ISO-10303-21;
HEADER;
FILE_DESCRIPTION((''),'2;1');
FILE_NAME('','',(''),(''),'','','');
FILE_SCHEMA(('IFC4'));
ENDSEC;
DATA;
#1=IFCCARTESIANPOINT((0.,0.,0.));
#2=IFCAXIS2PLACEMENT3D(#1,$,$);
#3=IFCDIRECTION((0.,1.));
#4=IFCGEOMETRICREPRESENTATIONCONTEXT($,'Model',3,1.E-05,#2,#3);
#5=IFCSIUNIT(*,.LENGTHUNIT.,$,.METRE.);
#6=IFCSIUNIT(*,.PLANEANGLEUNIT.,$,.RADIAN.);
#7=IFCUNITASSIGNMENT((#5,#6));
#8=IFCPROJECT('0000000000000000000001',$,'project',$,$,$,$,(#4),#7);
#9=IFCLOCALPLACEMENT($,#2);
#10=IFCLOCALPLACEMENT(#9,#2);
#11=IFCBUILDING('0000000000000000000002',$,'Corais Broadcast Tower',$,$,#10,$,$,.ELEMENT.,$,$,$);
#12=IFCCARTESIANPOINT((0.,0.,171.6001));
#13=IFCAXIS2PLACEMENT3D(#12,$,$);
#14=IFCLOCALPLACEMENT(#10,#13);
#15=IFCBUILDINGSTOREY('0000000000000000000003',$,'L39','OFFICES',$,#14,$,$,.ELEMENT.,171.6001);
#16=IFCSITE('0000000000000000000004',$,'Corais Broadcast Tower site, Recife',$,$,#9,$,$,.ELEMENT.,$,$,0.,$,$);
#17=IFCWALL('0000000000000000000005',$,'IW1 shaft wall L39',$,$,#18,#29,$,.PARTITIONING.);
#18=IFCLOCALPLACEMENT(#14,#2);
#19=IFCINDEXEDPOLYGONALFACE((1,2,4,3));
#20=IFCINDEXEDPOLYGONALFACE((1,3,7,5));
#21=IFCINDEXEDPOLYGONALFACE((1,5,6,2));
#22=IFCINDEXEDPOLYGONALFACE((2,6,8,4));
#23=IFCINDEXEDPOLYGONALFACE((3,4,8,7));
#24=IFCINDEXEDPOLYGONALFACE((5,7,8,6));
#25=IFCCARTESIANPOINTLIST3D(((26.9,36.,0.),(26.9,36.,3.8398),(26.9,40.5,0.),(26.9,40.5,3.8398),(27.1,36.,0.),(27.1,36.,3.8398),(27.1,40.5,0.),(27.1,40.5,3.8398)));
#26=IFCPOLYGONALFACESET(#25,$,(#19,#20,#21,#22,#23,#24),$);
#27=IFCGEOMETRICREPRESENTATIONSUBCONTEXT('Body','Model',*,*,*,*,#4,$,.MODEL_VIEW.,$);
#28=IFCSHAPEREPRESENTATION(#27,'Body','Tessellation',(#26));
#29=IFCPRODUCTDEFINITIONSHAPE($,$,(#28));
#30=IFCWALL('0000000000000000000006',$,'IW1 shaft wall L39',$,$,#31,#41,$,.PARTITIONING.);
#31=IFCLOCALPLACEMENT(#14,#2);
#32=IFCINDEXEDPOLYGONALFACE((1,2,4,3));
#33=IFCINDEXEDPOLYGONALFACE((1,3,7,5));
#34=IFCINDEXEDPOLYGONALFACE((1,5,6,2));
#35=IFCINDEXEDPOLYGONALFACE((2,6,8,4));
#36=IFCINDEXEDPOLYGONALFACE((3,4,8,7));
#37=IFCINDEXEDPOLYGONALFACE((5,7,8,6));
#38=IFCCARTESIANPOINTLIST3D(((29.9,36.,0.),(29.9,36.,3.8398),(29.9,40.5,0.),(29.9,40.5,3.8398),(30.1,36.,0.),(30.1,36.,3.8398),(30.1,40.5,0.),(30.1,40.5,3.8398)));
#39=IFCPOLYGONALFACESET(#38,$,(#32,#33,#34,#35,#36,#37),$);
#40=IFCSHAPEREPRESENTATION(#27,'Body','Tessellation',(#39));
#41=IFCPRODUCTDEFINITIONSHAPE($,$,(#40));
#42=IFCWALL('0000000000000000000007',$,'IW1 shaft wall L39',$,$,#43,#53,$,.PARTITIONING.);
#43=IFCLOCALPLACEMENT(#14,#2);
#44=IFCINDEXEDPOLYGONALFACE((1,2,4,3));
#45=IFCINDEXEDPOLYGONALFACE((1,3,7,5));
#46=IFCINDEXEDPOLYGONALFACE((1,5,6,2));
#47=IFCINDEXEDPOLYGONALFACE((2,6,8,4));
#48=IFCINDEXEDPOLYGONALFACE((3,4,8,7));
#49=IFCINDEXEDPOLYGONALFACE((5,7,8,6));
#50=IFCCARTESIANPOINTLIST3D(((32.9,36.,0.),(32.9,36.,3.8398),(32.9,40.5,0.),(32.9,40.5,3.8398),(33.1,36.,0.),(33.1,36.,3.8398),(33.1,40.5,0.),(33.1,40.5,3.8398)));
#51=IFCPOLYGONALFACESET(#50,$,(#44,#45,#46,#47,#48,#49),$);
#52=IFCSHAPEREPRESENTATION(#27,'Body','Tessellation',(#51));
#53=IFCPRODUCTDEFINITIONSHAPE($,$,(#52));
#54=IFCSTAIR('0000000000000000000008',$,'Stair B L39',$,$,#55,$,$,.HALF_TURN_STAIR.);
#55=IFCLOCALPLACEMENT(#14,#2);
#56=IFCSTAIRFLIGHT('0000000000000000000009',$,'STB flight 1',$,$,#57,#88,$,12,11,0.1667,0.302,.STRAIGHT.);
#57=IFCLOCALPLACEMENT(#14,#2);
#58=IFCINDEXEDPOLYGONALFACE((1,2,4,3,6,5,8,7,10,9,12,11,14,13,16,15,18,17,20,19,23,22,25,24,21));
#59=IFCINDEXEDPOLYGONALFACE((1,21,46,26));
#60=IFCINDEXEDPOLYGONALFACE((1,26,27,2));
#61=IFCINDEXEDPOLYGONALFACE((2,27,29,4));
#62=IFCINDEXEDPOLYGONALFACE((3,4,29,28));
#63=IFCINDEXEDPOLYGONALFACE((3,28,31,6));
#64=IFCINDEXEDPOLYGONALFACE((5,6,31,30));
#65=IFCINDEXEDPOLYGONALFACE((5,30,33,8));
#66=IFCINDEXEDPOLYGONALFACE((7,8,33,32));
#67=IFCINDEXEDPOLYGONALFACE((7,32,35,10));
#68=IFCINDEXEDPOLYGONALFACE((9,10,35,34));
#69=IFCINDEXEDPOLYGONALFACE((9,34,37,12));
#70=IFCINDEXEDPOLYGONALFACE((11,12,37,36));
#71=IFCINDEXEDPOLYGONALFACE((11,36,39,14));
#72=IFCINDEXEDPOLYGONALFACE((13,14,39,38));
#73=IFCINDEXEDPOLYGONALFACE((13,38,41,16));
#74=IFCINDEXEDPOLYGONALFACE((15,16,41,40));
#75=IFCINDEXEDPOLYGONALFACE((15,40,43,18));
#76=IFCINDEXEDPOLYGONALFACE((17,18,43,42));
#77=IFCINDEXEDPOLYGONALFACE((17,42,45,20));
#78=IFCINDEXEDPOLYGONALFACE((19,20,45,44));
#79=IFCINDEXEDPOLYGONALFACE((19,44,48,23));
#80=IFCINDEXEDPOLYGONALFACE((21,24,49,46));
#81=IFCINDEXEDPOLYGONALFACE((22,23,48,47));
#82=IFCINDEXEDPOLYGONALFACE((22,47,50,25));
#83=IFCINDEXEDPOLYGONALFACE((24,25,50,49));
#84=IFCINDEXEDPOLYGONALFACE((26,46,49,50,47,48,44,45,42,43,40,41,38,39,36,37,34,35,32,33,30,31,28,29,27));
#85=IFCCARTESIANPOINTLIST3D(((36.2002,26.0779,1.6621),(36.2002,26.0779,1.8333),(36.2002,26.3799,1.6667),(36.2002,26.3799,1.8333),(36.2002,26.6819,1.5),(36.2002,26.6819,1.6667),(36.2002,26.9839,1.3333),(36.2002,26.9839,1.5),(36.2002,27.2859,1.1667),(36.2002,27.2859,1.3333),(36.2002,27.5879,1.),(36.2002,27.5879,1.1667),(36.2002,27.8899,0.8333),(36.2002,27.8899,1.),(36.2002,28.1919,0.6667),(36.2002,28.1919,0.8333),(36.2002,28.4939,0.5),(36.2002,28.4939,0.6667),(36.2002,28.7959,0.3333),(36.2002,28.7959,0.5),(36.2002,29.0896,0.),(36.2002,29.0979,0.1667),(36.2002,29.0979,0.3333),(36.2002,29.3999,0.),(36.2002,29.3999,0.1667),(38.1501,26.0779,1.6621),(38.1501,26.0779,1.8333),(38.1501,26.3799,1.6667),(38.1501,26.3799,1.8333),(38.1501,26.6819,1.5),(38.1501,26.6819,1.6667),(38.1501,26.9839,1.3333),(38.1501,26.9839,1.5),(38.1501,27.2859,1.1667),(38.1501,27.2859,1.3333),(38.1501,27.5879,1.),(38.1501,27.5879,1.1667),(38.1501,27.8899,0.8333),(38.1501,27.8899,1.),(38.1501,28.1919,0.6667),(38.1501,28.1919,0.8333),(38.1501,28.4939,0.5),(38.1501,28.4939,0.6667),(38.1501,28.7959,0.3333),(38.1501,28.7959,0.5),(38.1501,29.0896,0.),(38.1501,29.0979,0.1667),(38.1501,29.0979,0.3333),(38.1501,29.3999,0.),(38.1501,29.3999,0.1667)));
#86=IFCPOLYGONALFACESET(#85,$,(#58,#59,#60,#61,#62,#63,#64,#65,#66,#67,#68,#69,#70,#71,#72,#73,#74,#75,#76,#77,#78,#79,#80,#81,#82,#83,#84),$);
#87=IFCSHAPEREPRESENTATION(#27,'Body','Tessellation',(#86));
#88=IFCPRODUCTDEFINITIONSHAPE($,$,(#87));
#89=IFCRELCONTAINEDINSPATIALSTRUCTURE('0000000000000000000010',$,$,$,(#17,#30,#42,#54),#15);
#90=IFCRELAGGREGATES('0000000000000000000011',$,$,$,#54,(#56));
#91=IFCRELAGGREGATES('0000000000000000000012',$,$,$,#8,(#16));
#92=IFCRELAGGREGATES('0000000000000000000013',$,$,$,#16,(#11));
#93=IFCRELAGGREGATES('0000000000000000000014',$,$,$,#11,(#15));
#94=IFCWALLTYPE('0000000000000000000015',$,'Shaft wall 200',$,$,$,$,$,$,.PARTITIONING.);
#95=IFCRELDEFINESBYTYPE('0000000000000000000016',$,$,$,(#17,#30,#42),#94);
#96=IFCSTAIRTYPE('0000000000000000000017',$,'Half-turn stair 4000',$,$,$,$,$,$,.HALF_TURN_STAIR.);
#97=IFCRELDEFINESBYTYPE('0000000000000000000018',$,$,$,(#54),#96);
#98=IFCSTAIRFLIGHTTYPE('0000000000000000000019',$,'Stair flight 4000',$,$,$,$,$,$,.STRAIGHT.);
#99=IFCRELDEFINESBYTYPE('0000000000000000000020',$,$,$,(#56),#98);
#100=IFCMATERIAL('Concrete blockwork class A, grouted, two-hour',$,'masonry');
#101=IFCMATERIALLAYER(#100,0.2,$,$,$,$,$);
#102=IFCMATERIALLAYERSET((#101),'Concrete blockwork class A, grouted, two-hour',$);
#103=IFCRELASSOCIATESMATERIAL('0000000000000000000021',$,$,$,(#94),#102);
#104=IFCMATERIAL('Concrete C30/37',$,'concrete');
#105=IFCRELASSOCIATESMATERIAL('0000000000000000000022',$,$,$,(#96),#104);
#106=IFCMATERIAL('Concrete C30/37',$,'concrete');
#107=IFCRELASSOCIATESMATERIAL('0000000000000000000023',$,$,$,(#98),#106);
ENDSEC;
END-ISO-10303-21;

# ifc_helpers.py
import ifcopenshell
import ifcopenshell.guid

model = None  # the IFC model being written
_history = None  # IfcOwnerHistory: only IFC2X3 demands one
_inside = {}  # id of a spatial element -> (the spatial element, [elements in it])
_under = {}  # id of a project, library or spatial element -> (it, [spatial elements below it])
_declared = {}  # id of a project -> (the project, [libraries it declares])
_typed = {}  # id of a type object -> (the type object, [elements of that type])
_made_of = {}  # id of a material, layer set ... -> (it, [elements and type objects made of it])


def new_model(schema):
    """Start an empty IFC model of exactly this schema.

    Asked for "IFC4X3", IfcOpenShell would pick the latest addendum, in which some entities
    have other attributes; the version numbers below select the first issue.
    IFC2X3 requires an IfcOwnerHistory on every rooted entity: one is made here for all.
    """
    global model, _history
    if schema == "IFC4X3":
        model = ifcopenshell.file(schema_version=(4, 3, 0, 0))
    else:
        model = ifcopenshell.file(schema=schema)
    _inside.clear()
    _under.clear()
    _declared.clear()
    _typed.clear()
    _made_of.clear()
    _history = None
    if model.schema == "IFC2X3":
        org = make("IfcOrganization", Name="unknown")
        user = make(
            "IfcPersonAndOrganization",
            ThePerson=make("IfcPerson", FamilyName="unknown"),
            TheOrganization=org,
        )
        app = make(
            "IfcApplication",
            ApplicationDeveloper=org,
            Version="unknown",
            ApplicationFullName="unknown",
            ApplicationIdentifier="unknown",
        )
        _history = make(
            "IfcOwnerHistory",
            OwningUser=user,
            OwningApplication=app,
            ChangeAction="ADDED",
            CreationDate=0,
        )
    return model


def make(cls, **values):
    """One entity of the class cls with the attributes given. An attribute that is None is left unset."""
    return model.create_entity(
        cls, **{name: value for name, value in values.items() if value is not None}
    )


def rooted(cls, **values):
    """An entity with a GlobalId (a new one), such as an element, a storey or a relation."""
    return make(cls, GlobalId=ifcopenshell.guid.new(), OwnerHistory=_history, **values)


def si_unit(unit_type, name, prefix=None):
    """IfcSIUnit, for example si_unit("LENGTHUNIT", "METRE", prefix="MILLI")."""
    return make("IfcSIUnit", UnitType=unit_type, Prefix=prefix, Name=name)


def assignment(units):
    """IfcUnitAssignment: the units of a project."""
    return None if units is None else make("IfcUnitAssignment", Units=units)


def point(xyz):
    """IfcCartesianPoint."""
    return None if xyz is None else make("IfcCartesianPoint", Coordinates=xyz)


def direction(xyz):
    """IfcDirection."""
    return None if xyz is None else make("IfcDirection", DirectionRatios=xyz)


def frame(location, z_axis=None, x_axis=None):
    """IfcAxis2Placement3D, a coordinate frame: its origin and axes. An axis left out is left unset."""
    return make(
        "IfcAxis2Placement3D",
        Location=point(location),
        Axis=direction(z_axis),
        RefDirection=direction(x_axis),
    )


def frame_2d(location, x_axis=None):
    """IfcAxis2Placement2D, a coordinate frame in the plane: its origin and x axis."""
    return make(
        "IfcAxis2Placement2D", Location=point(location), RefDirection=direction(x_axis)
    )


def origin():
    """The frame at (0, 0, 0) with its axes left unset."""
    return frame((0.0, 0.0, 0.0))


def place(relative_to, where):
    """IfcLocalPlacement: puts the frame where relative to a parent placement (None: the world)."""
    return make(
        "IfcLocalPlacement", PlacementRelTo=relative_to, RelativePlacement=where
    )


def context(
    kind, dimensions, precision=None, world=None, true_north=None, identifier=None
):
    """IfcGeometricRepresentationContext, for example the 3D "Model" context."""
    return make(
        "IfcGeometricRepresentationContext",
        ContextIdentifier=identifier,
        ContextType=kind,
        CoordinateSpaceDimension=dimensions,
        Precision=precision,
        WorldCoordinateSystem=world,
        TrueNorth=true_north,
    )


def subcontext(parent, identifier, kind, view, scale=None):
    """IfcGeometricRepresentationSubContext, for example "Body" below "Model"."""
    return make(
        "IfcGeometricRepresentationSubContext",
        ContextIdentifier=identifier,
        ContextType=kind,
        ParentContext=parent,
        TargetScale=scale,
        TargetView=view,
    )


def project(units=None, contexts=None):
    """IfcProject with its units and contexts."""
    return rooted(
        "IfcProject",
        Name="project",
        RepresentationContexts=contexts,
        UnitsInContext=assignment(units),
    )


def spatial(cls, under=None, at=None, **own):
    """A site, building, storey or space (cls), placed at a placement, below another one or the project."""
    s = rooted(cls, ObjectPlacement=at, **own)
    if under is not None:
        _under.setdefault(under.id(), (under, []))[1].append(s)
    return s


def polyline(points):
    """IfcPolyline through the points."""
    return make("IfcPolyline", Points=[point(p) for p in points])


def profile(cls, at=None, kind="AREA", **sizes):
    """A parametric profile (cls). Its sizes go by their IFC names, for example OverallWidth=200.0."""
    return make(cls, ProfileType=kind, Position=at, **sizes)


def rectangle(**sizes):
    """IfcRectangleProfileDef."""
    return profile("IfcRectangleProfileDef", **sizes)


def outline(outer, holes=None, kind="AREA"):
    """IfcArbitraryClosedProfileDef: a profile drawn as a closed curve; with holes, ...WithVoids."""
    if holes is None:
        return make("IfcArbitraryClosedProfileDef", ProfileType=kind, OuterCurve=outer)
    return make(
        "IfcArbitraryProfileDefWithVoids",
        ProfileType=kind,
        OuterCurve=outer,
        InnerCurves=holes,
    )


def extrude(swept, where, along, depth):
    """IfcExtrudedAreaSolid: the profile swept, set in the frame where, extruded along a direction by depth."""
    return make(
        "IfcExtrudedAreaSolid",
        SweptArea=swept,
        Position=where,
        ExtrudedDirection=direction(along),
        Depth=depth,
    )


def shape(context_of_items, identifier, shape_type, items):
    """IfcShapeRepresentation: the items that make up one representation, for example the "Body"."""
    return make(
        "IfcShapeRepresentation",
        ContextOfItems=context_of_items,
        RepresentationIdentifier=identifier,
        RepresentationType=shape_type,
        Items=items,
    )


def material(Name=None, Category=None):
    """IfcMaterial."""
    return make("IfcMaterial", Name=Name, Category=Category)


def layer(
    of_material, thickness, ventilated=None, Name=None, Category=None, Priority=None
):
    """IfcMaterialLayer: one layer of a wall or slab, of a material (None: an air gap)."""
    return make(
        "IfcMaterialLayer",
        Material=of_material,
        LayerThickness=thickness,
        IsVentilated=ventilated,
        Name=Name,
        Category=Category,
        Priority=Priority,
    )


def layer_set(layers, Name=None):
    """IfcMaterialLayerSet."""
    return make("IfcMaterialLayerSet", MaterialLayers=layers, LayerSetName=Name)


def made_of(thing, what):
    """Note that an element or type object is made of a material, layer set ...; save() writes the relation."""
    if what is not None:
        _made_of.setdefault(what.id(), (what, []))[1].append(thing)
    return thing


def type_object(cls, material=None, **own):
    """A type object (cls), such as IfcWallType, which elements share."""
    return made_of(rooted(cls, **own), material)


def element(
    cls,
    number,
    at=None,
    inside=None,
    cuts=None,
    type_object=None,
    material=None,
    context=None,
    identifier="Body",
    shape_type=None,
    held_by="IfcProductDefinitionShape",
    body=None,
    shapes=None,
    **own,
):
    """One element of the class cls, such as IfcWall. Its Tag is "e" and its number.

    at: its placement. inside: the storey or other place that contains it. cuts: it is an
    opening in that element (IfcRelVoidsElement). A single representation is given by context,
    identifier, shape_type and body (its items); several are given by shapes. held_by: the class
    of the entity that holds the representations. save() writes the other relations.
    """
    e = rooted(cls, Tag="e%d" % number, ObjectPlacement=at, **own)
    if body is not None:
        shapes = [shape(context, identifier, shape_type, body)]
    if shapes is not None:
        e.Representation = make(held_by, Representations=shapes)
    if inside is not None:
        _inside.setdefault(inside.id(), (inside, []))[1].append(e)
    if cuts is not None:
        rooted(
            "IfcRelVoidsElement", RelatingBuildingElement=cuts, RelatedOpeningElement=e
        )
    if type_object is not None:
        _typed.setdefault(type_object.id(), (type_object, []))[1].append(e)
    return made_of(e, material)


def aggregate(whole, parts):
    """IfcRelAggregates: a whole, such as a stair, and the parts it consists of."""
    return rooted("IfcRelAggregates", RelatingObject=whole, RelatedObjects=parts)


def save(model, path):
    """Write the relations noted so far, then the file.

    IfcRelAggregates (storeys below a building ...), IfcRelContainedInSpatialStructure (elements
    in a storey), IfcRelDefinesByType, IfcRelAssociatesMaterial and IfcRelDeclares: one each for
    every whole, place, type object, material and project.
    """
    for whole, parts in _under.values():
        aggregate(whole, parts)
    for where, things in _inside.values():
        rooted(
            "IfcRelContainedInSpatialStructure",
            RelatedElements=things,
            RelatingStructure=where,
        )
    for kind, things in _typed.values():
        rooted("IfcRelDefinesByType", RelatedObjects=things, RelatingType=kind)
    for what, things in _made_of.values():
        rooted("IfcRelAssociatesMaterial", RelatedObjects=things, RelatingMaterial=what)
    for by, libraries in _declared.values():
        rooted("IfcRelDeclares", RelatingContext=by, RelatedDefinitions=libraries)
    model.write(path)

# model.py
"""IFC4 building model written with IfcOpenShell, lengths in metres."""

from ifc_helpers import new_model, si_unit, direction, frame, frame_2d, origin, place, context, subcontext, project, spatial, polyline, rectangle, outline, extrude, material, layer, layer_set, type_object, element, aggregate, save


model = new_model("IFC4")

# Units and contexts
model_context = context("Model", 3, precision=1e-05, world=origin(), true_north=direction((0.0, 1.0)))
body_context = subcontext(model_context, "Body", "Model", "MODEL_VIEW")
ifc_project = project(units=[si_unit("LENGTHUNIT", "METRE"), si_unit("PLANEANGLEUNIT", "RADIAN")], contexts=[model_context])

# Site, building, storey
site_placement = place(None, origin())
site = spatial("IfcSite", under=ifc_project, at=site_placement, Name="Corais Broadcast Tower site, Recife", CompositionType="ELEMENT", RefElevation=0.0)
building_placement = place(site_placement, origin())
building = spatial("IfcBuilding", under=site, at=building_placement, Name="Corais Broadcast Tower", CompositionType="ELEMENT")
storey_placement = place(building_placement, frame((0.0, 0.0, 171.6001)))
storey = spatial("IfcBuildingStorey", under=building, at=storey_placement, Name="L39", Description="OFFICES", CompositionType="ELEMENT", Elevation=171.6001)

# Walls
ifc_material_1 = material(Name="Concrete blockwork class A, grouted, two-hour", Category="masonry")
ifc_layer_1 = layer(ifc_material_1, 0.2)
ifc_layer_set_1 = layer_set([ifc_layer_1], Name="Concrete blockwork class A, grouted, two-hour")
wall_type_1 = type_object("IfcWallType", Name="Shaft wall 200", PredefinedType="PARTITIONING", material=ifc_layer_set_1)
for number, where, z_axis, x_axis, name in (
    (1, (27.0, 36.0, 0.0), (0.0, 0.0, 1.0), (0.0, 1.0, 0.0), "IW1 shaft wall L39"),
    (2, (30.0, 36.0, 0.0), (0.0, 0.0, 1.0), (0.0, 1.0, 0.0), "IW1 shaft wall L39"),
    (3, (33.0, 36.0, 0.0), (0.0, 0.0, 1.0), (0.0, 1.0, 0.0), "IW1 shaft wall L39"),
):
    element("IfcWall", number, at=place(storey_placement, frame(where, z_axis=z_axis, x_axis=x_axis)), inside=storey, type_object=wall_type_1, Name=name, PredefinedType="PARTITIONING", context=body_context, shape_type="SweptSolid", body=[
        extrude(rectangle(XDim=4.5, YDim=0.2, at=frame_2d((2.25, 0.0))), origin(), (0.0, 0.0, 1.0), 3.8398),
    ])

# Stair, stair flight
ifc_material_2 = material(Name="Concrete C30/37", Category="concrete")
stair_type = type_object("IfcStairType", Name="Half-turn stair 4000", PredefinedType="HALF_TURN_STAIR", material=ifc_material_2)
stair_placement = place(storey_placement, origin())
stair = element("IfcStair", 4, at=stair_placement, inside=storey, type_object=stair_type, Name="Stair B L39", PredefinedType="HALF_TURN_STAIR")
ifc_material_3 = material(Name="Concrete C30/37", Category="concrete")
stair_flight_type = type_object("IfcStairFlightType", Name="Stair flight 4000", PredefinedType="STRAIGHT", material=ifc_material_3)
stair_flight_placement = place(storey_placement, frame((37.175, 29.3999, 0.0), z_axis=(0.0, 0.0, 1.0), x_axis=(0.0, -1.0, 0.0)))
stair_flight = element("IfcStairFlight", 5, at=stair_flight_placement, type_object=stair_flight_type, Name="STB flight 1", NumberOfRisers=12, NumberOfTreads=11, PredefinedType="STRAIGHT", RiserHeight=0.1667, TreadLength=0.302, context=body_context, shape_type="SweptSolid", body=[
    extrude(outline(polyline([(0.0, 0.0), (0.0, 0.1667), (0.302, 0.1667), (0.302, 0.3333), (0.604, 0.3333), (0.604, 0.5), (0.906, 0.5), (0.906, 0.6667), (1.208, 0.6667), (1.208, 0.8333), (1.51, 0.8333), (1.51, 1.0), (1.812, 1.0), (1.812, 1.1667), (2.114, 1.1667), (2.114, 1.3333), (2.416, 1.3333), (2.416, 1.5), (2.718, 1.5), (2.718, 1.6667), (3.02, 1.6667), (3.02, 1.8333), (3.322, 1.8333), (3.322, 2.0), (3.322, 1.6621), (0.3103, 0.0), (0.0, 0.0)])), frame((0.0, 0.9751, 0.0), z_axis=(0.0, -1.0, 0.0), x_axis=(1.0, 0.0, 0.0)), (0.0, 0.0, 1.0), 1.95),
])
aggregate(stair, [stair_flight])

save(model, "model.ifc")
